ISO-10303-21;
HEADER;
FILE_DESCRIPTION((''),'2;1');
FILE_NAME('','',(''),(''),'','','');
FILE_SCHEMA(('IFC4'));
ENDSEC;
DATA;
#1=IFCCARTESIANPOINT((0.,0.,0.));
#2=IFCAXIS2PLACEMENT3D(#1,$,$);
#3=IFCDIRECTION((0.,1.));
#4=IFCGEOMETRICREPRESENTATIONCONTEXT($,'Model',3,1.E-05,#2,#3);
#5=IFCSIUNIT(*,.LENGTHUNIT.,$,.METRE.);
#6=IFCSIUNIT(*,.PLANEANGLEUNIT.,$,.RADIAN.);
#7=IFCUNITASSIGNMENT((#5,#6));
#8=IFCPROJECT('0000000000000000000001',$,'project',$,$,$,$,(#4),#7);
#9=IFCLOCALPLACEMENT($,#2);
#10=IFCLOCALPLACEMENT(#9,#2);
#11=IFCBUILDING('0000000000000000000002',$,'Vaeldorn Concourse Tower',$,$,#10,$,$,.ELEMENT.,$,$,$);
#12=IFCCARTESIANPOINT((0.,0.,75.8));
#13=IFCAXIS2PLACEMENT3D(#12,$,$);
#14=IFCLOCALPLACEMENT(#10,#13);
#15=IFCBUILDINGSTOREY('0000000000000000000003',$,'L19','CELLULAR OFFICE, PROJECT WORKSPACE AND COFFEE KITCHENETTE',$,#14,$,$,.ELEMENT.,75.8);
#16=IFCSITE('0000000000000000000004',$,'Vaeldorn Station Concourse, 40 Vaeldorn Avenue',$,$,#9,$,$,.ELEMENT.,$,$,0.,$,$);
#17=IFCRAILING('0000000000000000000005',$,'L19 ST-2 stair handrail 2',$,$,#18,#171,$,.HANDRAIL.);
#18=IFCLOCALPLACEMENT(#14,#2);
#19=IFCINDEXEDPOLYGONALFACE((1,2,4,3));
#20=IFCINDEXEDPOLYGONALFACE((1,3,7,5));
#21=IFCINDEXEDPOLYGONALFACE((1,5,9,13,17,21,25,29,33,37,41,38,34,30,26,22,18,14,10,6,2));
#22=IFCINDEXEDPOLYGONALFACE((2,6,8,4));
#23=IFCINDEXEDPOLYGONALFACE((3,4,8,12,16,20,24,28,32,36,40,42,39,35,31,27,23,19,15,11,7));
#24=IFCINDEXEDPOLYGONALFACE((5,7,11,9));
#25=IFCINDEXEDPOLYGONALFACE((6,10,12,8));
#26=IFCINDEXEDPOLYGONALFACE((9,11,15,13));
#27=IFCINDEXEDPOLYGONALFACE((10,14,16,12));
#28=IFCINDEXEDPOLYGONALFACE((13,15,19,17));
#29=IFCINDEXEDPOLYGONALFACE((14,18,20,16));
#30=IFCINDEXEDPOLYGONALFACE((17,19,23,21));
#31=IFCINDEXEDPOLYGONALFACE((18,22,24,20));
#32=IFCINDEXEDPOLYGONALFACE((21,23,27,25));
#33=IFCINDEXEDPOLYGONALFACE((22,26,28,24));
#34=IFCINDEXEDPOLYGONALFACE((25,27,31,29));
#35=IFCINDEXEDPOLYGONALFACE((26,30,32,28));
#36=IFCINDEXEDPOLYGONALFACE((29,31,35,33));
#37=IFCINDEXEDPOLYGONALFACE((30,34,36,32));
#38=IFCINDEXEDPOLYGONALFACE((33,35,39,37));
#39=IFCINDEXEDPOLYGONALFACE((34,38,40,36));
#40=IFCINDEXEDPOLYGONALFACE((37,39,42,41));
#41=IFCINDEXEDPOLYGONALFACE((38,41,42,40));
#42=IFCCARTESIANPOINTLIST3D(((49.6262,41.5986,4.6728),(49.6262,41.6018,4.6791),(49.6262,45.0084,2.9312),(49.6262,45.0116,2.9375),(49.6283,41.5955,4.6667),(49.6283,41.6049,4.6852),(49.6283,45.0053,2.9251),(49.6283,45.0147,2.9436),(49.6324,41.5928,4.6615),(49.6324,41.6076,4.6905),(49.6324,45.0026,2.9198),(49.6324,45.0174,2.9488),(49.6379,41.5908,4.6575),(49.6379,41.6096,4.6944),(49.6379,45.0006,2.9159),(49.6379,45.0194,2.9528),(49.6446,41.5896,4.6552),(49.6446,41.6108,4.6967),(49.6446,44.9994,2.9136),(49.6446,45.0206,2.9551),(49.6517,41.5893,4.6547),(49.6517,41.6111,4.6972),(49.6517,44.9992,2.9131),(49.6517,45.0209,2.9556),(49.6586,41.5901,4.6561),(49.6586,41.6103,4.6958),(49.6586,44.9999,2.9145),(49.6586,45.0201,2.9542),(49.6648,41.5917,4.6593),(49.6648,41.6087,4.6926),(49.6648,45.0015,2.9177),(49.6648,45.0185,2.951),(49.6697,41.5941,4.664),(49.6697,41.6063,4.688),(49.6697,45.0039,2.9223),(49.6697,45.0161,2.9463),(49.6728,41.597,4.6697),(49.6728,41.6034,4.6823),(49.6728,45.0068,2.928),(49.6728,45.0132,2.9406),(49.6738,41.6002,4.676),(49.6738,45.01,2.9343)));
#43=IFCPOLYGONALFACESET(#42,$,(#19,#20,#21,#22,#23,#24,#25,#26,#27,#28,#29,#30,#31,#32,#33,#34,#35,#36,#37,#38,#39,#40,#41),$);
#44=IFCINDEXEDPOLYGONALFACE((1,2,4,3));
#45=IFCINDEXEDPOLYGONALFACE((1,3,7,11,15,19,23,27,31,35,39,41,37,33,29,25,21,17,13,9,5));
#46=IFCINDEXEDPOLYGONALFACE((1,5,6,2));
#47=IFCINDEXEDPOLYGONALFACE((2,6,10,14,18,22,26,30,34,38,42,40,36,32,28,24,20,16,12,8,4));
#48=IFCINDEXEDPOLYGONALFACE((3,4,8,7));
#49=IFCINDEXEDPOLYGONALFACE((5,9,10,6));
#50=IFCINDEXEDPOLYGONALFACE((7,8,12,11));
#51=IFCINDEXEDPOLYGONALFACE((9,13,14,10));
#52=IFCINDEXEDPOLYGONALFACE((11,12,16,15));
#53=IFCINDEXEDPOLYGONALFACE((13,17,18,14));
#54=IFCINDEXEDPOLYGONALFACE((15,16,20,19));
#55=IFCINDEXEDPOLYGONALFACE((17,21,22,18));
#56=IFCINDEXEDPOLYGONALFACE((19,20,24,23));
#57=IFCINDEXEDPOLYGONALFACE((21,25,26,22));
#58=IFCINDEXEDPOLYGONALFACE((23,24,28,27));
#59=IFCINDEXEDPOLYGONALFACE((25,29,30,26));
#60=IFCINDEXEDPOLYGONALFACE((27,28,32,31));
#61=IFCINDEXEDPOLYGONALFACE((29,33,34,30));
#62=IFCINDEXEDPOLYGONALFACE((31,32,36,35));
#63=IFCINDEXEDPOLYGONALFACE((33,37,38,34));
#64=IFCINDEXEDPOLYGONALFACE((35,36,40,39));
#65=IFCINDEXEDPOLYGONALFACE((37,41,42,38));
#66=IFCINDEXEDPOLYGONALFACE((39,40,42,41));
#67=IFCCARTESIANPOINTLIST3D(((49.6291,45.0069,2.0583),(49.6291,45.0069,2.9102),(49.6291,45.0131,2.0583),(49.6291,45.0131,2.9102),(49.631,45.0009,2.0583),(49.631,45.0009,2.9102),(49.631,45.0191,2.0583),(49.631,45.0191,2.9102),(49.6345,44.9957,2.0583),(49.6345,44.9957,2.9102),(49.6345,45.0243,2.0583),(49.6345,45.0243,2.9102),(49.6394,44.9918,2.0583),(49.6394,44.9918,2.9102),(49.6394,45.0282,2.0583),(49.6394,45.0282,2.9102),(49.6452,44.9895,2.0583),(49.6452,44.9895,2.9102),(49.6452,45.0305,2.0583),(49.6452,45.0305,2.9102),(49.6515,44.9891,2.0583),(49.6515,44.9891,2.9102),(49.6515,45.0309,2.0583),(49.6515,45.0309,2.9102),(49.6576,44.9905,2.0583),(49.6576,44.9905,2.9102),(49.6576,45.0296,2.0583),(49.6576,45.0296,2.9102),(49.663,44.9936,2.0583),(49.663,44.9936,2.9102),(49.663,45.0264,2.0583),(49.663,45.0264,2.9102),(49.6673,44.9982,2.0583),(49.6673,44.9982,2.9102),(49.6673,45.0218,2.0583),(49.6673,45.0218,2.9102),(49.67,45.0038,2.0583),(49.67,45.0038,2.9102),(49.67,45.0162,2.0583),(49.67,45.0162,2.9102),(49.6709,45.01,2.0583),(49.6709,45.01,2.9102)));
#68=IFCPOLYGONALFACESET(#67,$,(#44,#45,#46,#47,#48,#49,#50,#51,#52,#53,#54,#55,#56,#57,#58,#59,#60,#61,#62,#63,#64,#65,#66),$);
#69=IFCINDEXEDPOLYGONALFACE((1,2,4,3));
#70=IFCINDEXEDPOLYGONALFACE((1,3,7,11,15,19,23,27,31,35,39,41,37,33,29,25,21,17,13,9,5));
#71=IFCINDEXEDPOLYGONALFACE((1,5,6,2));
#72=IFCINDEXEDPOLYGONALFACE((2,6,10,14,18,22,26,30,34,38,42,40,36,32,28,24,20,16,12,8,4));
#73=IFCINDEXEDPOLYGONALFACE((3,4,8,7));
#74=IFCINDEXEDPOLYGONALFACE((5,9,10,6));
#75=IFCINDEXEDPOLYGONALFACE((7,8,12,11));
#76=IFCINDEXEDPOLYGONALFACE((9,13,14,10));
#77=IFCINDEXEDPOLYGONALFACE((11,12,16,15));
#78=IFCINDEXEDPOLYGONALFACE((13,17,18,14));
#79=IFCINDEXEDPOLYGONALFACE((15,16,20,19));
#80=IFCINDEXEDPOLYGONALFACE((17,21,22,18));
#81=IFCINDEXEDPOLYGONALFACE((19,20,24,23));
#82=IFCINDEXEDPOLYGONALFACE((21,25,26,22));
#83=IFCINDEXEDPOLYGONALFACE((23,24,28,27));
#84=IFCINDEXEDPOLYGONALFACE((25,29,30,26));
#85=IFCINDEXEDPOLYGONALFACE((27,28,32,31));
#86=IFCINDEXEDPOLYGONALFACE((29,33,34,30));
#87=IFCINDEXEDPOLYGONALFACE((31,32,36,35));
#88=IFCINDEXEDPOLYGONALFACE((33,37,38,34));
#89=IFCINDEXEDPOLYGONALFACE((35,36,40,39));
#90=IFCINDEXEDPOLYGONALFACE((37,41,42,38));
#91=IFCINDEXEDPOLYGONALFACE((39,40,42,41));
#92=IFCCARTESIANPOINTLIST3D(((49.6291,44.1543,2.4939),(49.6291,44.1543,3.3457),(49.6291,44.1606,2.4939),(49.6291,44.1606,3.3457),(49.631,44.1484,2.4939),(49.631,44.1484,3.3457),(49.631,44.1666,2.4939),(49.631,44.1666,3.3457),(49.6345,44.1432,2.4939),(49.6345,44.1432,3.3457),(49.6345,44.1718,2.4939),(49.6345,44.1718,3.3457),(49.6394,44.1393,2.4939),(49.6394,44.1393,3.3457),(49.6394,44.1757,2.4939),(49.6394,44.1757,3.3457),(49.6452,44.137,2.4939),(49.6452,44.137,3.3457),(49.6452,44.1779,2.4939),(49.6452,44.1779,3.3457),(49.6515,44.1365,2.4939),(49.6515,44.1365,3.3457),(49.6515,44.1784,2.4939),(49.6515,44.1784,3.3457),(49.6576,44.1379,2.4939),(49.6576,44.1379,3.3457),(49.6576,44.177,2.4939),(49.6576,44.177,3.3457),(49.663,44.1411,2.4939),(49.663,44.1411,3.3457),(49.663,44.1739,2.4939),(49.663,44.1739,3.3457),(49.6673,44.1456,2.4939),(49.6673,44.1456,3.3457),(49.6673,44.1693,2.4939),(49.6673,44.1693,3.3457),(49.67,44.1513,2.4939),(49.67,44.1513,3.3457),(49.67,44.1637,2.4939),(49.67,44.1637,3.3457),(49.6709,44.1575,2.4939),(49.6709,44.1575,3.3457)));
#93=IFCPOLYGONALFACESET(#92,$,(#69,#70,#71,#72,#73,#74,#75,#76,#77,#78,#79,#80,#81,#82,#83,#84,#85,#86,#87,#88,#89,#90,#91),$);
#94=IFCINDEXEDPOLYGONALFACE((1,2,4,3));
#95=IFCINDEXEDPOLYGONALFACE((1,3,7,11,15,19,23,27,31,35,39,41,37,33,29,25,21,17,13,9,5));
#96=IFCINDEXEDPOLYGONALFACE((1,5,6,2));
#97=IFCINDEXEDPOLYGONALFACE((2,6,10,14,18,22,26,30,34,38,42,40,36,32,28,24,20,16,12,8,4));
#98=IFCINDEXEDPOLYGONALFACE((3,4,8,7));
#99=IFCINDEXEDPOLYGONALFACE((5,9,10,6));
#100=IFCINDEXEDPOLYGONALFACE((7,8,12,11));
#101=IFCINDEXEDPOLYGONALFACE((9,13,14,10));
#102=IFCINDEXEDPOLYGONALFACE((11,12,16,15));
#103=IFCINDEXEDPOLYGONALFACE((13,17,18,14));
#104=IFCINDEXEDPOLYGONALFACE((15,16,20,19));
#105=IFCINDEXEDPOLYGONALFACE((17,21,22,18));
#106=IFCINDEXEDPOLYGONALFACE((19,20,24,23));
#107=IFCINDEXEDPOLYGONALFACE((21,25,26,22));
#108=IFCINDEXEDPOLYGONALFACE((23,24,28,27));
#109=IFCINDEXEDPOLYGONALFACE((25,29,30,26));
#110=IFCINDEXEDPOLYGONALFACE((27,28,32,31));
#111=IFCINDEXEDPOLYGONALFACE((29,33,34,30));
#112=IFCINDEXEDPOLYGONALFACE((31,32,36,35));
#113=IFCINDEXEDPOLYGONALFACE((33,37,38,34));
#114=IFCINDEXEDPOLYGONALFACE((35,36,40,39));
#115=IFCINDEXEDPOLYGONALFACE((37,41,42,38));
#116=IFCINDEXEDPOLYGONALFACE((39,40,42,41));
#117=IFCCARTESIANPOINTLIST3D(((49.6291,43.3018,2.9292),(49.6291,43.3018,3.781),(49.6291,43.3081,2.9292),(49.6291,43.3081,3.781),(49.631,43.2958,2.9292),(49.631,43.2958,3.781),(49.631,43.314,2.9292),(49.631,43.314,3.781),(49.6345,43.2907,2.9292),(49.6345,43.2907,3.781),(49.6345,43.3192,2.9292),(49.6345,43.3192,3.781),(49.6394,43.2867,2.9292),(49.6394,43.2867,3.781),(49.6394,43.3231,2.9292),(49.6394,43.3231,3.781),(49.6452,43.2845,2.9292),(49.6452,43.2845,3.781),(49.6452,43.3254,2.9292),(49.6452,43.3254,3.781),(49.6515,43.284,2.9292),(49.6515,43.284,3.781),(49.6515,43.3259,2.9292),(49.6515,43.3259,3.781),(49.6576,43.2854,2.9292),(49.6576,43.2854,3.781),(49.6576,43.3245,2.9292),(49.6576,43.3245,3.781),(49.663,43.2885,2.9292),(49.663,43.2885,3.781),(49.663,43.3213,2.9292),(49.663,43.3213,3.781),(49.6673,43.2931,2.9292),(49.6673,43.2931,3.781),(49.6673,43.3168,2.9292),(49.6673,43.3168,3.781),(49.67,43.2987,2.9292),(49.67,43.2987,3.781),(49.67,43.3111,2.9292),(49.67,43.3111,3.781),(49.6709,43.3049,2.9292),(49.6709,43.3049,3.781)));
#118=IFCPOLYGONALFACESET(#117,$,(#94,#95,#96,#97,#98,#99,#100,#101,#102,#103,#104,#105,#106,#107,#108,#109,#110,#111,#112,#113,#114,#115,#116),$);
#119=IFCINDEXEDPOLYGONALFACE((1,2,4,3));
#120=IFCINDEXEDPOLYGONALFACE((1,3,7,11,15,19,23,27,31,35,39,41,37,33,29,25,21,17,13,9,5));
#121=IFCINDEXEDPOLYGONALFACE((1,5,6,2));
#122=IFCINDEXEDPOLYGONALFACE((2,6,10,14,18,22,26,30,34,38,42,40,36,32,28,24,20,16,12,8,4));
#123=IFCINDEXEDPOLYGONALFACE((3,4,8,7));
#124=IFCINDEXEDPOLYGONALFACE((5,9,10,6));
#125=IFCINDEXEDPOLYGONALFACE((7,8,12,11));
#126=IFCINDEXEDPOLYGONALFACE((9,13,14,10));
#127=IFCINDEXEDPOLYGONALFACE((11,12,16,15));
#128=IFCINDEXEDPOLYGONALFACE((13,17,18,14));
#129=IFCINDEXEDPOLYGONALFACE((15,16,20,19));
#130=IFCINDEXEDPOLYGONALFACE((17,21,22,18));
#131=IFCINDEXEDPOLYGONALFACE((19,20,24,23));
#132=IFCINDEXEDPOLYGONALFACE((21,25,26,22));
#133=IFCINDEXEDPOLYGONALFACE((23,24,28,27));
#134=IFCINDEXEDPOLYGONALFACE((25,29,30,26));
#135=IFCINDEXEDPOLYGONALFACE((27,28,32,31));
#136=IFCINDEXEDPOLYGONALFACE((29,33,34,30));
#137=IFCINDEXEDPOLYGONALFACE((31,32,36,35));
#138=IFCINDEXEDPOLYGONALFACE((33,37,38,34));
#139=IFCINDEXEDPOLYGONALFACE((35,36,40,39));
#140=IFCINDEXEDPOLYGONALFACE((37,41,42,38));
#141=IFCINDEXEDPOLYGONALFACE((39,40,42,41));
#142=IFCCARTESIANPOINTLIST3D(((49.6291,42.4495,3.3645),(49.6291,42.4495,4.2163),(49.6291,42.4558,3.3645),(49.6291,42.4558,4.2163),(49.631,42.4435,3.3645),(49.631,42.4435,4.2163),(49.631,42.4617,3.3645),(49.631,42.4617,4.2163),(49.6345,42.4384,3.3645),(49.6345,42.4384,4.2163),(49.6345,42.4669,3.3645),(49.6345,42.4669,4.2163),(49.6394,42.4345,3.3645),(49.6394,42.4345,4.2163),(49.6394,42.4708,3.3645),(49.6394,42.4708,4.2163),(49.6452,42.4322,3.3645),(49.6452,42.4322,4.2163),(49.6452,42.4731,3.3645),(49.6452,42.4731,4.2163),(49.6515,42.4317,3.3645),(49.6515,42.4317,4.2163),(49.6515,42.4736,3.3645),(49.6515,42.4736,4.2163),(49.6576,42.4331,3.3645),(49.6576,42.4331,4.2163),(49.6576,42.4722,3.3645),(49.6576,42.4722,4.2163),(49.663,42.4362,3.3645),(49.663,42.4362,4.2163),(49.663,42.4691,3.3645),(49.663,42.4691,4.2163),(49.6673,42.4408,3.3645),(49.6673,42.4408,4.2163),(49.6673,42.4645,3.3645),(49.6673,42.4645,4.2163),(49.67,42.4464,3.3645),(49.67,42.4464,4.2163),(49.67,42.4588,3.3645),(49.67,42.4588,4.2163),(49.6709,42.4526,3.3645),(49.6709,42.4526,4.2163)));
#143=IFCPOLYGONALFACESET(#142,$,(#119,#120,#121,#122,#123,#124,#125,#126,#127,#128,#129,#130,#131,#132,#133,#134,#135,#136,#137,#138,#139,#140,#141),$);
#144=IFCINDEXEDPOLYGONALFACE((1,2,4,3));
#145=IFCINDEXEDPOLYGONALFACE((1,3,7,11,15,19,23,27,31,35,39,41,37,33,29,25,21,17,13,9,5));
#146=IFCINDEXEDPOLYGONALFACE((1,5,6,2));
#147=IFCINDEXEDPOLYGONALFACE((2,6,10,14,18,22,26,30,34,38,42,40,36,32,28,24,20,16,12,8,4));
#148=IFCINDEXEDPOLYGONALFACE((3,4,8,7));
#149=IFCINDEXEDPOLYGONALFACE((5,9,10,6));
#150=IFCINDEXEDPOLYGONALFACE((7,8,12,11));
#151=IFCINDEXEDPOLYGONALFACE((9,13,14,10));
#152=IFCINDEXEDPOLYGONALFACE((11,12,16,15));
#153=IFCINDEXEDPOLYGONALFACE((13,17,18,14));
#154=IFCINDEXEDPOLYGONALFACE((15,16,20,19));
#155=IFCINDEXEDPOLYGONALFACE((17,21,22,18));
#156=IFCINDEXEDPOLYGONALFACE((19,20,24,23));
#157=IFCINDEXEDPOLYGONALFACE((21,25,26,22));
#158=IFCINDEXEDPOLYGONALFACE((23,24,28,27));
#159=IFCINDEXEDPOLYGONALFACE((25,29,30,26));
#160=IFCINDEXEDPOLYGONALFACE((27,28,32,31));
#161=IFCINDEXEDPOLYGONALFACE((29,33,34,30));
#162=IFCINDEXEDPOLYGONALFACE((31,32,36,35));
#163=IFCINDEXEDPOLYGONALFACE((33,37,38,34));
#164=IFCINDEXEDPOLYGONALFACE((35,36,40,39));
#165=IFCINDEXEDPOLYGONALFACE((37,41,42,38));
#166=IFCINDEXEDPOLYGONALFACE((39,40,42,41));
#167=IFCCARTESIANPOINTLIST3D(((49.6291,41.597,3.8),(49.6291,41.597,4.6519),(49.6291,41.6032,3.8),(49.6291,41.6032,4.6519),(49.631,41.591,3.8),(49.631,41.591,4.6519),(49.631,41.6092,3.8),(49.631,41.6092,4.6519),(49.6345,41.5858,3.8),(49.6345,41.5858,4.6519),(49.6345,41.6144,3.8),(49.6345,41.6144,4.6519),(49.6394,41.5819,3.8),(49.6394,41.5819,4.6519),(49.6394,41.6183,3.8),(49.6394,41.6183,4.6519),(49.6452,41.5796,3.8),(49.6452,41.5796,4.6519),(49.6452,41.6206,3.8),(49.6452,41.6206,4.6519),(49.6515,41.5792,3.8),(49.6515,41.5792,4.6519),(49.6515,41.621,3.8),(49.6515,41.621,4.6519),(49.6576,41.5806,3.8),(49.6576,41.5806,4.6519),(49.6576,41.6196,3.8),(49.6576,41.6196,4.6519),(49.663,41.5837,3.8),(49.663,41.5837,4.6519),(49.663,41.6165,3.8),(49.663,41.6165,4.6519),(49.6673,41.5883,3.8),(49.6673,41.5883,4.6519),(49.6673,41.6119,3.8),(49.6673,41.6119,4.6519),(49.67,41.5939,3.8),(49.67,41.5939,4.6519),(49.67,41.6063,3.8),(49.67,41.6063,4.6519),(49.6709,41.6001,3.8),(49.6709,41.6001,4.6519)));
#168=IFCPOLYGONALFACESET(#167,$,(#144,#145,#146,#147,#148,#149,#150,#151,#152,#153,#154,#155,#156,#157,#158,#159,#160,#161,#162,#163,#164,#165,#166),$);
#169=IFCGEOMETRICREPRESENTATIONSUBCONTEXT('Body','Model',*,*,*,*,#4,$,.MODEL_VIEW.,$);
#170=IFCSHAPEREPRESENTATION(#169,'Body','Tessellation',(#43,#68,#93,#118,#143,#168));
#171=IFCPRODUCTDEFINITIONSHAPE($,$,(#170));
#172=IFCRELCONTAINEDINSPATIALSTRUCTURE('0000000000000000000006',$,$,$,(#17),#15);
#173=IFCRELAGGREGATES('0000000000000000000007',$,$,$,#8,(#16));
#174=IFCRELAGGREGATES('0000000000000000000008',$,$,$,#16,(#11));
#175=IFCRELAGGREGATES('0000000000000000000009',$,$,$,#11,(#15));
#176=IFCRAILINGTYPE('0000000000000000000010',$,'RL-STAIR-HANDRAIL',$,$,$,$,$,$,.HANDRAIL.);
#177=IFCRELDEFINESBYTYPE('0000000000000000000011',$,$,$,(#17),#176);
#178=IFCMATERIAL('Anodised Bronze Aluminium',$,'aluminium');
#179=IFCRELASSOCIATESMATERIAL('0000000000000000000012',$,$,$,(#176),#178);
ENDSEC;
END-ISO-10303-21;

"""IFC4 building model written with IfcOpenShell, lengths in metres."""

from ifc_helpers import new_model, si_unit, direction, frame, origin, origin_2d, place, context, subcontext, project, spatial, circle, extrude, material, type_object, element, save


model = new_model("IFC4")

# Units and contexts
model_context = context("Model", 3, precision=1e-05, world=origin(), true_north=direction((0.0, 1.0)))
body_context = subcontext(model_context, "Body", "Model", "MODEL_VIEW")
ifc_project = project(units=[si_unit("LENGTHUNIT", "METRE"), si_unit("PLANEANGLEUNIT", "RADIAN")], contexts=[model_context])

# Site, building, storey
site_placement = place(None, origin())
site = spatial("IfcSite", under=ifc_project, at=site_placement, Name="Vaeldorn Station Concourse, 40 Vaeldorn Avenue", CompositionType="ELEMENT", RefElevation=0.0)
building_placement = place(site_placement, origin())
building = spatial("IfcBuilding", under=site, at=building_placement, Name="Vaeldorn Concourse Tower", CompositionType="ELEMENT")
storey_placement = place(building_placement, frame((0.0, 0.0, 75.8)))
storey = spatial("IfcBuildingStorey", under=building, at=storey_placement, Name="L19", Description="CELLULAR OFFICE, PROJECT WORKSPACE AND COFFEE KITCHENETTE", CompositionType="ELEMENT", Elevation=75.8)

# Shared definitions
ifc_material_1 = material(Name="Anodised Bronze Aluminium", Category="aluminium")

# Railing
railing_type_1 = type_object("IfcRailingType", Name="RL-STAIR-HANDRAIL", PredefinedType="HANDRAIL", material=ifc_material_1)
railing_1_placement = place(storey_placement, frame((49.6499, 45.01, 2.0583)))
element("IfcRailing", 1, at=railing_1_placement, inside=storey, type_object=railing_type_1, Name="L19 ST-2 stair handrail 2", PredefinedType="HANDRAIL", context=body_context, shape_type="SweptSolid", body=[
    extrude(circle(Radius=0.0239, at=origin_2d()), frame((0.0, 0.0, 0.876), z_axis=(0.0, -0.890556, 0.454874), x_axis=(1.0, 0.0, 0.0)), (0.0, 0.0, 1.0), 3.8289),
    extrude(circle(Radius=0.021, at=origin_2d()), origin(), (0.0, 0.0, 1.0), 0.8518),
    extrude(circle(Radius=0.021, at=origin_2d()), frame((0.0, -0.8525, 0.4355)), (0.0, 0.0, 1.0), 0.8518),
    extrude(circle(Radius=0.021, at=origin_2d()), frame((0.0, -1.7051, 0.8708)), (0.0, 0.0, 1.0), 0.8518),
    extrude(circle(Radius=0.021, at=origin_2d()), frame((0.0, -2.5574, 1.3062)), (0.0, 0.0, 1.0), 0.8518),
    extrude(circle(Radius=0.021, at=origin_2d()), frame((0.0, -3.4099, 1.7417)), (0.0, 0.0, 1.0), 0.8518),
])

save(model, "model.ifc")
